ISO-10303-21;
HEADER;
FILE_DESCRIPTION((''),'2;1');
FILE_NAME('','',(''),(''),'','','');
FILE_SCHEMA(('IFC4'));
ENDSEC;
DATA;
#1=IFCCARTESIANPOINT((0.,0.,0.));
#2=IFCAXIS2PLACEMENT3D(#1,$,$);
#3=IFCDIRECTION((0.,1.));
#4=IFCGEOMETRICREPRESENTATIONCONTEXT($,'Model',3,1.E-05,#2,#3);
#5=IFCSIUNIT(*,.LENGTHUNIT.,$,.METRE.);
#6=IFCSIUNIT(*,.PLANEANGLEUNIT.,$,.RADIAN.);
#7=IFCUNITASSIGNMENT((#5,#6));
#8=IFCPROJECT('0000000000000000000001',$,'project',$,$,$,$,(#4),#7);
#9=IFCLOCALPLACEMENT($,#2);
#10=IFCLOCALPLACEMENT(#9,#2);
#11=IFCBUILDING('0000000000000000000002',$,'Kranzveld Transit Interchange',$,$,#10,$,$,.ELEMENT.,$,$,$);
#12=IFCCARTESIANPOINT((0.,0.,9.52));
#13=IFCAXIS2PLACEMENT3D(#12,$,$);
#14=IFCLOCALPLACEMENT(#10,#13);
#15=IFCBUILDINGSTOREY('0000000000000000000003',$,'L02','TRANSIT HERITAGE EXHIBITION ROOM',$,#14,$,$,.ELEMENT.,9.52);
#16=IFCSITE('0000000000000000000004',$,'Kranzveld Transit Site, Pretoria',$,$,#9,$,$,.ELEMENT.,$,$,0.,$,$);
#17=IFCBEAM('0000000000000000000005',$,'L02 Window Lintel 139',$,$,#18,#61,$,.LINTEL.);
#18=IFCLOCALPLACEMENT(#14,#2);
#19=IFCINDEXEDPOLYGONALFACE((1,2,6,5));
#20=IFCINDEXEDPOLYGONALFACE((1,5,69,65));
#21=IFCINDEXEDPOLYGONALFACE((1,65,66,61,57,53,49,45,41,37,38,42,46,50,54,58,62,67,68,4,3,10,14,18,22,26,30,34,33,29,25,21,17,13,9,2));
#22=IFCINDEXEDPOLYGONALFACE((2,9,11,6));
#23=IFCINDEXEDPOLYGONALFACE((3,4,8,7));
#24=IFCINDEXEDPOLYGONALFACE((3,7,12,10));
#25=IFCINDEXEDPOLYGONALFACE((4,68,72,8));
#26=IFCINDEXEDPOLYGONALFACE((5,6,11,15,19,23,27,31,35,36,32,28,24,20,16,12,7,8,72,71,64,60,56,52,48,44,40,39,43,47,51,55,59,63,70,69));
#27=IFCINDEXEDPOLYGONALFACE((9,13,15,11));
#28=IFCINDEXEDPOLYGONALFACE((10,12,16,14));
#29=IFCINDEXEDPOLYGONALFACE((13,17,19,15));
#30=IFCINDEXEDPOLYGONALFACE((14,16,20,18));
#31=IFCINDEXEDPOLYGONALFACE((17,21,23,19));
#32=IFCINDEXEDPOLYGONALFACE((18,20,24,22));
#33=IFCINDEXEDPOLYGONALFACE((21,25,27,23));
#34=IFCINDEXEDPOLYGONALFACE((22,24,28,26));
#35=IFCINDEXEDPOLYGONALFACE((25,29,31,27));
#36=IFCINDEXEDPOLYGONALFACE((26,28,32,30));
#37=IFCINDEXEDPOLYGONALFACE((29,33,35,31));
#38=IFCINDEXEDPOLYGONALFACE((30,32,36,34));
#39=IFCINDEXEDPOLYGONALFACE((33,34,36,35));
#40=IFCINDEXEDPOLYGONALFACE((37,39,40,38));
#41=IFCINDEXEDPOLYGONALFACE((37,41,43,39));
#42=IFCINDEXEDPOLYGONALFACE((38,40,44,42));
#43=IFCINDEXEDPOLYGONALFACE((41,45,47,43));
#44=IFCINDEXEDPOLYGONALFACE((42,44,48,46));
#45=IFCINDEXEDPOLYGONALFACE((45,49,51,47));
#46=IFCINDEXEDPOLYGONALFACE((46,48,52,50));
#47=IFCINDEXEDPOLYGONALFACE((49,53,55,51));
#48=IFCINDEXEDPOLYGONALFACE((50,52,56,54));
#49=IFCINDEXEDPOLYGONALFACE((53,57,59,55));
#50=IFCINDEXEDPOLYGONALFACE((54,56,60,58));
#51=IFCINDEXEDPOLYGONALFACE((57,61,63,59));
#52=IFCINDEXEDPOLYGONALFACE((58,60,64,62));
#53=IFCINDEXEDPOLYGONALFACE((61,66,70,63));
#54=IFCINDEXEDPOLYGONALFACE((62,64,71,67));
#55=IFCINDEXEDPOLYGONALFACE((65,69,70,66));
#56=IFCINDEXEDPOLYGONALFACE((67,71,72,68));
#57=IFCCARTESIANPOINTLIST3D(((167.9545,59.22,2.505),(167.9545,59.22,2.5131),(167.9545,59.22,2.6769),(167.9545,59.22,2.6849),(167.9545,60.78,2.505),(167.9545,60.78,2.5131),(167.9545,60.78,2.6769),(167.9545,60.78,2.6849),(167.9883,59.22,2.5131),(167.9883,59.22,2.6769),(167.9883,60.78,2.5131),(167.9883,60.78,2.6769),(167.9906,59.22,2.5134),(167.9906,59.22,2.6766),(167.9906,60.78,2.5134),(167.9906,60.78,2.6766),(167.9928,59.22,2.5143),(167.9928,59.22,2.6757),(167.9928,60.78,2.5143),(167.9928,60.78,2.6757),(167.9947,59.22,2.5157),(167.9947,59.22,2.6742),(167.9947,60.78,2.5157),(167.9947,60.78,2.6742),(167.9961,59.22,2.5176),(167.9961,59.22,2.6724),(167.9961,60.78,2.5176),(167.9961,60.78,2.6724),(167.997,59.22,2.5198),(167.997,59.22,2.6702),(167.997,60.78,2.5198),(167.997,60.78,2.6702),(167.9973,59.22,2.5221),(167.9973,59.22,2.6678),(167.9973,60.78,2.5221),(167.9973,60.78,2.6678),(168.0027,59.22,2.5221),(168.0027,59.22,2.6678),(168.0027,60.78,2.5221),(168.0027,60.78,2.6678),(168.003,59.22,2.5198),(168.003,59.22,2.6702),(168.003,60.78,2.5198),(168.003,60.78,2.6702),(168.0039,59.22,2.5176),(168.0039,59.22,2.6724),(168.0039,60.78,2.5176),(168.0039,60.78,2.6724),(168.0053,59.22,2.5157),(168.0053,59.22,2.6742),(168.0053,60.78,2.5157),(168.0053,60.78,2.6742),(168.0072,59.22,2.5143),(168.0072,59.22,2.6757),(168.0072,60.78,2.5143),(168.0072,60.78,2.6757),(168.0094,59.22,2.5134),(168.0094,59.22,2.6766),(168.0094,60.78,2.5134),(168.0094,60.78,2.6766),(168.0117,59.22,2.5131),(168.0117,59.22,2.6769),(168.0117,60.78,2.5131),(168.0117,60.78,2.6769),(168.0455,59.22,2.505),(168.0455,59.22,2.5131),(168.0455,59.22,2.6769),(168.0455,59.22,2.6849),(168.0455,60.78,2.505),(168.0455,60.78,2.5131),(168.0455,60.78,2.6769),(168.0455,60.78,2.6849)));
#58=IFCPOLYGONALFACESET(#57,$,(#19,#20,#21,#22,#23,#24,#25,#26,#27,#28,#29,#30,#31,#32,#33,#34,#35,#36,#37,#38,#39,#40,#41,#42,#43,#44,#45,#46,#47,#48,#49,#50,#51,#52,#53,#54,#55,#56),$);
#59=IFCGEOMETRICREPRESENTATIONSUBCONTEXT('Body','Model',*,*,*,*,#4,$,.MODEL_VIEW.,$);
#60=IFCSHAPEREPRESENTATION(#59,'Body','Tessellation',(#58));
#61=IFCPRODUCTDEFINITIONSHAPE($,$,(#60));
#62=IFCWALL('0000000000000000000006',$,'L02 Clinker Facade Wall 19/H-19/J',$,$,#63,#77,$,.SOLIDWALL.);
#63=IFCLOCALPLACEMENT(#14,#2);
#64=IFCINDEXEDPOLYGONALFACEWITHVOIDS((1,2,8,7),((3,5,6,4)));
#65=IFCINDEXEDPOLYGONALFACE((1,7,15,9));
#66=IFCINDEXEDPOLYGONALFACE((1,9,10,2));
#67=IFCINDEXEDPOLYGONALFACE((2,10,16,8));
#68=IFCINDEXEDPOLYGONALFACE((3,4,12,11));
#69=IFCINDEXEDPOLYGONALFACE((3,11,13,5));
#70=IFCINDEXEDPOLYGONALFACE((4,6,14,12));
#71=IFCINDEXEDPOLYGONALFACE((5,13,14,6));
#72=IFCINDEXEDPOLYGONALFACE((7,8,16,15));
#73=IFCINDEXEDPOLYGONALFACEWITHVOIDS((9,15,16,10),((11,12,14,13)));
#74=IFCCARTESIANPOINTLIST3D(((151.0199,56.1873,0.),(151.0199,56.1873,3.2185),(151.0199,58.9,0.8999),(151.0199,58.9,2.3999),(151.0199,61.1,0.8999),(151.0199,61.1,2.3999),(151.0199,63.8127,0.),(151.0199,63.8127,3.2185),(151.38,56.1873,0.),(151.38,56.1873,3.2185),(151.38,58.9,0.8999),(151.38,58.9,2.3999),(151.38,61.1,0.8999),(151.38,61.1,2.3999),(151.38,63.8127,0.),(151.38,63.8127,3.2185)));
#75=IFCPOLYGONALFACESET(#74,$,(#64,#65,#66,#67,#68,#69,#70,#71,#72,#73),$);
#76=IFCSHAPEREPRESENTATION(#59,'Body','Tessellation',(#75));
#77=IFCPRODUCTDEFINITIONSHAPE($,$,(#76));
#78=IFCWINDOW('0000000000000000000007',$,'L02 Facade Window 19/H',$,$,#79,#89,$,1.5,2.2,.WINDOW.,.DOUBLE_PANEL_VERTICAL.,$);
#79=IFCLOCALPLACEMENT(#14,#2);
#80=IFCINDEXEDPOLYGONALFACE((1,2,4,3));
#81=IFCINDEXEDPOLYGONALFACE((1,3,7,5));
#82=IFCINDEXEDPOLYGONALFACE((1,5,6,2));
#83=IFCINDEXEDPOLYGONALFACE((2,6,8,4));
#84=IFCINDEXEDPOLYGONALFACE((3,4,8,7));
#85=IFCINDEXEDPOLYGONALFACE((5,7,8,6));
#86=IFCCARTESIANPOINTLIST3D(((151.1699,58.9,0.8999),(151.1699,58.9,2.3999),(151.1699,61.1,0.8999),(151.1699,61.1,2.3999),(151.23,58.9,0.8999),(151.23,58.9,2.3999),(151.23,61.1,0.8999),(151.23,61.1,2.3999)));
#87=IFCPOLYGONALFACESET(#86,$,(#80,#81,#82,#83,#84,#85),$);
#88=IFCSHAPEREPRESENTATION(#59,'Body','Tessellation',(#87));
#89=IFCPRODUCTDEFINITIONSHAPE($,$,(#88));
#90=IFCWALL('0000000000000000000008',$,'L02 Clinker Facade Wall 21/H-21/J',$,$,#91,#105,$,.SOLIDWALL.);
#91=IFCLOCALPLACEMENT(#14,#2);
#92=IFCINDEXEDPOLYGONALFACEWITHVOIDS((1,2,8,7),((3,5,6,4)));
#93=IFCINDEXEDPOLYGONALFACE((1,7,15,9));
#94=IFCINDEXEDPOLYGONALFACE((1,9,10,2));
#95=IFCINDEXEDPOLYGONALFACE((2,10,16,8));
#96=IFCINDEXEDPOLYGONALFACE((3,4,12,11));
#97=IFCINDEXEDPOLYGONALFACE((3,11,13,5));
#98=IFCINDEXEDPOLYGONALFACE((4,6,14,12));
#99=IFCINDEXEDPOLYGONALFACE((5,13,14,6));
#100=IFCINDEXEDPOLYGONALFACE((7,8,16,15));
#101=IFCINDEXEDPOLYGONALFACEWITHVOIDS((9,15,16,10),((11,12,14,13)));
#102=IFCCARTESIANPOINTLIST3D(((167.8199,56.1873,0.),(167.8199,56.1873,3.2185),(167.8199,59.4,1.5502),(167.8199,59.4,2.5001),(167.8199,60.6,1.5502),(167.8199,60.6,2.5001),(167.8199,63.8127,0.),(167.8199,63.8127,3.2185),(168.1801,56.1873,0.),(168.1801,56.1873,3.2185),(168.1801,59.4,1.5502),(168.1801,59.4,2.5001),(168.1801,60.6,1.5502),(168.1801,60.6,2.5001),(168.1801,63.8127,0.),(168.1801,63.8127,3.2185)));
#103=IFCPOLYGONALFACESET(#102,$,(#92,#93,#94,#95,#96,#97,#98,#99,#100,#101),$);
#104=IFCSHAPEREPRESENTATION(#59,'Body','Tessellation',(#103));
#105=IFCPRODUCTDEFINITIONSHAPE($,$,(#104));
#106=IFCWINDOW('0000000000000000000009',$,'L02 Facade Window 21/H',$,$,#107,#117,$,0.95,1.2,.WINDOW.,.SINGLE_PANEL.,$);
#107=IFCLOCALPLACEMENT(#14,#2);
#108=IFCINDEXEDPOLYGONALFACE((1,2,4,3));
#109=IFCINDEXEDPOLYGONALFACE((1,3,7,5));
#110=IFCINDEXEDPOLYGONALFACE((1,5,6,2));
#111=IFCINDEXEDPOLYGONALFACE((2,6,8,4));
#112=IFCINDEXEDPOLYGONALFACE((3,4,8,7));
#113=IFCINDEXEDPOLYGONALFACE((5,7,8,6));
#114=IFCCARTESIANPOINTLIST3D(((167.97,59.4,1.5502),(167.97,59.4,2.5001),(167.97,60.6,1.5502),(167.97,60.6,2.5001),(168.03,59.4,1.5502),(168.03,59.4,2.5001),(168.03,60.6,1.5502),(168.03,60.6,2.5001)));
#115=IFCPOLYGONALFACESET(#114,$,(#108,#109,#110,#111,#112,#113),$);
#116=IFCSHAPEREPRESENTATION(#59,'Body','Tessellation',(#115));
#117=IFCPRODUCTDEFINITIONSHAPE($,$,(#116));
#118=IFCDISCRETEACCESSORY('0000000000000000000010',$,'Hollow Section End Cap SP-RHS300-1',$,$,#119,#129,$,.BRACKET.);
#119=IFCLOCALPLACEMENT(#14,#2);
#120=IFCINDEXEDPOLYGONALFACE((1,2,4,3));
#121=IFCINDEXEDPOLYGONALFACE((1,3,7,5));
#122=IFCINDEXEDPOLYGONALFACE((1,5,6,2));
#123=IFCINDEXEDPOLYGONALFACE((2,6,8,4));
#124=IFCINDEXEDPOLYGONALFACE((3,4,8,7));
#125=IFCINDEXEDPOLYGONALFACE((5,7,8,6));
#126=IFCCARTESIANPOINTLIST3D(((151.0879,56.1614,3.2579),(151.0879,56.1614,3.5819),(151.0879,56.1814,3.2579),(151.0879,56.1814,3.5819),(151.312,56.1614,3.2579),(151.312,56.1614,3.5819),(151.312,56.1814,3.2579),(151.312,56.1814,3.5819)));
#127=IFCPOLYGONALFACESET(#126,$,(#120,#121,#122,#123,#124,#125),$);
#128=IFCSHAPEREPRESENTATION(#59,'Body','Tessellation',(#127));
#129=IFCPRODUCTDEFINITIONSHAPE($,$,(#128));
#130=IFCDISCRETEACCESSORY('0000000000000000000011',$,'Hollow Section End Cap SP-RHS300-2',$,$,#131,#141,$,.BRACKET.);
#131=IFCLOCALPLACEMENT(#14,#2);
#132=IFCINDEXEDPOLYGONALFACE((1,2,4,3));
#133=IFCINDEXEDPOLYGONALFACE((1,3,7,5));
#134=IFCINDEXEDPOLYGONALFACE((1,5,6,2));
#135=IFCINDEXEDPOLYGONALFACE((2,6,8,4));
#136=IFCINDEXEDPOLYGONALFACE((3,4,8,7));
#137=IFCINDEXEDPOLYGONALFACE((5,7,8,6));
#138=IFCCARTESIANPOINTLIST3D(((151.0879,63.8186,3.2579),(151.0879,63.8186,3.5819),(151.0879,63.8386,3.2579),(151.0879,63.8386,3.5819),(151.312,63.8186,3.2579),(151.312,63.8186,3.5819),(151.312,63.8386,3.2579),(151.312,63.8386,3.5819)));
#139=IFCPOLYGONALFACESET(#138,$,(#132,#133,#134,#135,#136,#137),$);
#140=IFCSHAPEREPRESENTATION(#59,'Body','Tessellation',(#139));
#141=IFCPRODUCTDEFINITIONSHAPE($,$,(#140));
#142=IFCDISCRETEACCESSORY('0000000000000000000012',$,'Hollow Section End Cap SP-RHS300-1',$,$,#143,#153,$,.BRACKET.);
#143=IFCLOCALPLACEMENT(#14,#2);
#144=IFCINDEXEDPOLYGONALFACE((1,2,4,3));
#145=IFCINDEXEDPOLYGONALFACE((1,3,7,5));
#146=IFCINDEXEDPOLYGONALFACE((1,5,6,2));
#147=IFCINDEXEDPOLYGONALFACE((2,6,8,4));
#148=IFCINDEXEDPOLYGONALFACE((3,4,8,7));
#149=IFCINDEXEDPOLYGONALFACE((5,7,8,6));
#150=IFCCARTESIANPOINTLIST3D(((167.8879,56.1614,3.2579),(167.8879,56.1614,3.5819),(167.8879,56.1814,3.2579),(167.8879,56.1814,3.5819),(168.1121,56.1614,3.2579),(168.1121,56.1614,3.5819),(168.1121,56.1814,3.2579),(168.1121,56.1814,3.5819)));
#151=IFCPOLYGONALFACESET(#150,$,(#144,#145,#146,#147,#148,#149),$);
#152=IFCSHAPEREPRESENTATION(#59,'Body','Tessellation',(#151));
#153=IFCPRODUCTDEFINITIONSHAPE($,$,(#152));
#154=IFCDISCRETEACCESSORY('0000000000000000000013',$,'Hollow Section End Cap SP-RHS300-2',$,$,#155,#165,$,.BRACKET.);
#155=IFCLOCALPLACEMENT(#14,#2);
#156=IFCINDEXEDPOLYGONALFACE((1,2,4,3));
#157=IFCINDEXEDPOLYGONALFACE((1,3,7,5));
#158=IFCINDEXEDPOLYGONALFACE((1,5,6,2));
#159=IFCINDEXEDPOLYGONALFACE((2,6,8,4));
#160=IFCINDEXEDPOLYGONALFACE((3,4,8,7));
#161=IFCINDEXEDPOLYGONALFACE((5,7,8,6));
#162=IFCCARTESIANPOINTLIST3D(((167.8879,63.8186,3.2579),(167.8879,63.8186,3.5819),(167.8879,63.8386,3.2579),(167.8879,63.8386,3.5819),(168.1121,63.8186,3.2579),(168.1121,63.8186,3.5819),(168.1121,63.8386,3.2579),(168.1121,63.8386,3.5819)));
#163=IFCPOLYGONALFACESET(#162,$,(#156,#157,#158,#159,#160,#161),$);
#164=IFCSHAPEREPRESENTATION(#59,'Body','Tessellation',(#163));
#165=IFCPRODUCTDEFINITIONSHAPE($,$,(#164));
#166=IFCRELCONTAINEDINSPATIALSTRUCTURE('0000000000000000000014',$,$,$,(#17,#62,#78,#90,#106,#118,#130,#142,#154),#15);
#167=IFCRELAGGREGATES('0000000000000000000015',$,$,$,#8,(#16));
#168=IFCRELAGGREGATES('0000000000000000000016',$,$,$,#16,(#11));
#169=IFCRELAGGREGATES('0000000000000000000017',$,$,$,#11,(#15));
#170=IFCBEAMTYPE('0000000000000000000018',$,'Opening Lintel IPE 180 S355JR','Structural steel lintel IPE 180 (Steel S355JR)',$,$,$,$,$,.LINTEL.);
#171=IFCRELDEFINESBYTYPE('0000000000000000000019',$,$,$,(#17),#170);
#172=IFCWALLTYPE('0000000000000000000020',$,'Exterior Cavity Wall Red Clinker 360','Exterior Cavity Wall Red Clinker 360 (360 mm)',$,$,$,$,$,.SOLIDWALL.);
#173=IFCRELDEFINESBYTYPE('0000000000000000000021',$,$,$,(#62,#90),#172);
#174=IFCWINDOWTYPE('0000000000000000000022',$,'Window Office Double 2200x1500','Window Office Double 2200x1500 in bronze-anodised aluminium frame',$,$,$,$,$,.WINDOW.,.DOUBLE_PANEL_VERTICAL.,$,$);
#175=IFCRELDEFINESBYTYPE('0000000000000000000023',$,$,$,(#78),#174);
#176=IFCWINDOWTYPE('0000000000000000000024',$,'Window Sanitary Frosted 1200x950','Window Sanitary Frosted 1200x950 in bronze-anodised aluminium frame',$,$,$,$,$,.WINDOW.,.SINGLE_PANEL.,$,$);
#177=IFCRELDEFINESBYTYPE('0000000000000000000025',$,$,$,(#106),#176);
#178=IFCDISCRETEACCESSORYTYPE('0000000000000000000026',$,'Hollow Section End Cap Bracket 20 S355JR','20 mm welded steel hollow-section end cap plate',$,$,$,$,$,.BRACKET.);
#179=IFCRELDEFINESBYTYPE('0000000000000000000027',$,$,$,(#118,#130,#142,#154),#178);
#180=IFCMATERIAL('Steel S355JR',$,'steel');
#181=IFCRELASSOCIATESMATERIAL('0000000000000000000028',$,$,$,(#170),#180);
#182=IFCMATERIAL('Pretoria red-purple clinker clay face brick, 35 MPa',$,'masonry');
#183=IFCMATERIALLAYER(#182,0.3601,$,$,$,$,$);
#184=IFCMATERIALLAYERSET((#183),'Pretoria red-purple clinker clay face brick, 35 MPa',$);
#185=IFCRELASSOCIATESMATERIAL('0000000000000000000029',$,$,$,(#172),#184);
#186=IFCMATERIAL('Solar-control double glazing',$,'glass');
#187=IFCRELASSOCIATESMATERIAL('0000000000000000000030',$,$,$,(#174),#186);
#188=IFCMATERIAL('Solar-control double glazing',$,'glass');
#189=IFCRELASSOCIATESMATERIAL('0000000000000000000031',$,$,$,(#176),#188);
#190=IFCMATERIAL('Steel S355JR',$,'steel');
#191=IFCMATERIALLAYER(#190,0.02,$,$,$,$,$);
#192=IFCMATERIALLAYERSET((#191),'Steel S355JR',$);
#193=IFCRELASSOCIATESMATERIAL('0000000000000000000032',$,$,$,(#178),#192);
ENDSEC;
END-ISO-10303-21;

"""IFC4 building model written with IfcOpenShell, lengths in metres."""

from ifc_helpers import new_model, si_unit, direction, frame, frame_2d, origin, origin_2d, place, context, subcontext, project, spatial, rectangle, i_section, extrude, material, layer, layer_set, material_profile, profile_set, type_object, element, fill, save


model = new_model("IFC4")

# Units and contexts
model_context = context("Model", 3, precision=1e-05, world=origin(), true_north=direction((0.0, 1.0)))
body_context = subcontext(model_context, "Body", "Model", "MODEL_VIEW")
ifc_project = project(units=[si_unit("LENGTHUNIT", "METRE"), si_unit("PLANEANGLEUNIT", "RADIAN")], contexts=[model_context])

# Site, building, storey
site_placement = place(None, origin())
site = spatial("IfcSite", under=ifc_project, at=site_placement, Name="Kranzveld Transit Site, Pretoria", CompositionType="ELEMENT", RefElevation=0.0)
building_placement = place(site_placement, origin())
building = spatial("IfcBuilding", under=site, at=building_placement, Name="Kranzveld Transit Interchange", CompositionType="ELEMENT")
storey_placement = place(building_placement, frame((0.0, 0.0, 9.52)))
storey = spatial("IfcBuildingStorey", under=building, at=storey_placement, Name="L02", Description="TRANSIT HERITAGE EXHIBITION ROOM", CompositionType="ELEMENT", Elevation=9.52)

# Beam
ifc_material_1 = material(Name="Steel S355JR", Category="steel")
ifc_material_profile_1 = material_profile(ifc_material_1, i_section(OverallWidth=0.0911, OverallDepth=0.1799, WebThickness=0.0054, FlangeThickness=0.0081, FilletRadius=0.009, at=origin_2d()), Name="IPE 180")
ifc_profile_set_1 = profile_set([ifc_material_profile_1], Name="Steel S355JR")
beam_type_1 = type_object("IfcBeamType", Name="Opening Lintel IPE 180 S355JR", Description="Structural steel lintel IPE 180 (Steel S355JR)", PredefinedType="LINTEL", material=ifc_profile_set_1)
beam_1_placement = place(storey_placement, frame((168.0, 59.22, 2.595), z_axis=(0.0, 1.0, 0.0), x_axis=(-1.0, 0.0, 0.0)))
element("IfcBeam", 1, at=beam_1_placement, inside=storey, type_object=beam_type_1, Name="L02 Window Lintel 139", PredefinedType="LINTEL", context=body_context, shape_type="SweptSolid", body=[
    extrude(i_section(OverallWidth=0.0911, OverallDepth=0.1799, WebThickness=0.0054, FlangeThickness=0.0081, FilletRadius=0.009, at=origin_2d()), origin(), (0.0, 0.0, 1.0), 1.5601),
])

# Walls, openings, windows
ifc_material_2 = material(Name="Pretoria red-purple clinker clay face brick, 35 MPa", Category="masonry")
ifc_layer_1 = layer(ifc_material_2, 0.3601)
ifc_layer_set_1 = layer_set([ifc_layer_1], Name="Pretoria red-purple clinker clay face brick, 35 MPa")
wall_type = type_object("IfcWallType", Name="Exterior Cavity Wall Red Clinker 360", Description="Exterior Cavity Wall Red Clinker 360 (360 mm)", PredefinedType="SOLIDWALL", material=ifc_layer_set_1)
wall_1_placement = place(storey_placement, frame((151.2, 56.1873, 0.0), z_axis=(0.0, 0.0, 1.0), x_axis=(0.0, 1.0, 0.0)))
wall_1 = element("IfcWall", 2, at=wall_1_placement, inside=storey, type_object=wall_type, Name="L02 Clinker Facade Wall 19/H-19/J", PredefinedType="SOLIDWALL", context=body_context, shape_type="SweptSolid", body=[
    extrude(rectangle(XDim=7.6255, YDim=0.3601, at=frame_2d((3.8127, 0.0))), origin(), (0.0, 0.0, 1.0), 3.2185),
])
opening_1_placement = place(wall_1_placement, frame((2.7126, 0.0, 0.8999), z_axis=(0.0, 0.0, 1.0), x_axis=(1.0, 0.0, 0.0)))
opening_1 = element("IfcOpeningElement", 3, at=opening_1_placement, cuts=wall_1, PredefinedType="OPENING", context=body_context, shape_type="SweptSolid", body=[
    extrude(rectangle(XDim=2.2, YDim=1.5, at=frame_2d((1.1001, 0.75))), frame((0.0, 0.1899, 0.0), z_axis=(0.0, -1.0, 0.0), x_axis=(1.0, 0.0, 0.0)), (0.0, 0.0, 1.0), 0.3801),
])
ifc_material_3 = material(Name="Solar-control double glazing", Category="glass")
window_type_1 = type_object("IfcWindowType", Name="Window Office Double 2200x1500", Description="Window Office Double 2200x1500 in bronze-anodised aluminium frame", PartitioningType="DOUBLE_PANEL_VERTICAL", PredefinedType="WINDOW", material=ifc_material_3)
window_1_placement = place(opening_1_placement, origin())
window_1 = element("IfcWindow", 4, at=window_1_placement, inside=storey, type_object=window_type_1, Name="L02 Facade Window 19/H", OverallHeight=1.5, OverallWidth=2.2, PartitioningType="DOUBLE_PANEL_VERTICAL", PredefinedType="WINDOW", context=body_context, shape_type="SweptSolid", body=[
    extrude(rectangle(XDim=2.2, YDim=1.5, at=frame_2d((1.1001, 0.75))), frame((0.0, 0.03, 0.0), z_axis=(0.0, -1.0, 0.0), x_axis=(1.0, 0.0, 0.0)), (0.0, 0.0, 1.0), 0.0601),
])
fill(opening_1, window_1)
wall_2_placement = place(storey_placement, frame((168.0, 56.1873, 0.0), z_axis=(0.0, 0.0, 1.0), x_axis=(0.0, 1.0, 0.0)))
wall_2 = element("IfcWall", 5, at=wall_2_placement, inside=storey, type_object=wall_type, Name="L02 Clinker Facade Wall 21/H-21/J", PredefinedType="SOLIDWALL", context=body_context, shape_type="SweptSolid", body=[
    extrude(rectangle(XDim=7.6255, YDim=0.3601, at=frame_2d((3.8127, 0.0))), origin(), (0.0, 0.0, 1.0), 3.2185),
])
opening_2_placement = place(wall_2_placement, frame((3.2126, 0.0, 1.55), z_axis=(0.0, 0.0, 1.0), x_axis=(1.0, 0.0, 0.0)))
opening_2 = element("IfcOpeningElement", 6, at=opening_2_placement, cuts=wall_2, PredefinedType="OPENING", context=body_context, shape_type="SweptSolid", body=[
    extrude(rectangle(XDim=1.2, YDim=0.95, at=frame_2d((0.6001, 0.4751))), frame((0.0, 0.1899, 0.0), z_axis=(0.0, -1.0, 0.0), x_axis=(1.0, 0.0, 0.0)), (0.0, 0.0, 1.0), 0.3801),
])
ifc_material_4 = material(Name="Solar-control double glazing", Category="glass")
window_type_2 = type_object("IfcWindowType", Name="Window Sanitary Frosted 1200x950", Description="Window Sanitary Frosted 1200x950 in bronze-anodised aluminium frame", PartitioningType="SINGLE_PANEL", PredefinedType="WINDOW", material=ifc_material_4)
window_2_placement = place(opening_2_placement, origin())
window_2 = element("IfcWindow", 7, at=window_2_placement, inside=storey, type_object=window_type_2, Name="L02 Facade Window 21/H", OverallHeight=0.95, OverallWidth=1.2, PartitioningType="SINGLE_PANEL", PredefinedType="WINDOW", context=body_context, shape_type="SweptSolid", body=[
    extrude(rectangle(XDim=1.2, YDim=0.95, at=frame_2d((0.6001, 0.4751))), frame((0.0, 0.03, 0.0), z_axis=(0.0, -1.0, 0.0), x_axis=(1.0, 0.0, 0.0)), (0.0, 0.0, 1.0), 0.0601),
])
fill(opening_2, window_2)

# Discrete accessories
ifc_material_5 = material(Name="Steel S355JR", Category="steel")
ifc_layer_2 = layer(ifc_material_5, 0.02)
ifc_layer_set_2 = layer_set([ifc_layer_2], Name="Steel S355JR")
discrete_accessory_type = type_object("IfcDiscreteAccessoryType", Name="Hollow Section End Cap Bracket 20 S355JR", Description="20 mm welded steel hollow-section end cap plate", PredefinedType="BRACKET", material=ifc_layer_set_2)
for number, where, z_axis, x_axis, name in (
    (8, (151.2, 56.1814, 3.4199), (0.0, -1.0, 0.0), (1.0, 0.0, 0.0), "Hollow Section End Cap SP-RHS300-1"),
    (9, (151.2, 63.8186, 3.4199), (0.0, 1.0, 0.0), (-1.0, 0.0, 0.0), "Hollow Section End Cap SP-RHS300-2"),
    (10, (168.0, 56.1814, 3.4199), (0.0, -1.0, 0.0), (1.0, 0.0, 0.0), "Hollow Section End Cap SP-RHS300-1"),
    (11, (168.0, 63.8186, 3.4199), (0.0, 1.0, 0.0), (-1.0, 0.0, 0.0), "Hollow Section End Cap SP-RHS300-2"),
):
    element("IfcDiscreteAccessory", number, at=place(storey_placement, frame(where, z_axis=z_axis, x_axis=x_axis)), inside=storey, type_object=discrete_accessory_type, Name=name, PredefinedType="BRACKET", context=body_context, shape_type="SweptSolid", body=[
        extrude(rectangle(XDim=0.2241, YDim=0.324, at=origin_2d()), origin(), (0.0, 0.0, 1.0), 0.02),
    ])

save(model, "model.ifc")
